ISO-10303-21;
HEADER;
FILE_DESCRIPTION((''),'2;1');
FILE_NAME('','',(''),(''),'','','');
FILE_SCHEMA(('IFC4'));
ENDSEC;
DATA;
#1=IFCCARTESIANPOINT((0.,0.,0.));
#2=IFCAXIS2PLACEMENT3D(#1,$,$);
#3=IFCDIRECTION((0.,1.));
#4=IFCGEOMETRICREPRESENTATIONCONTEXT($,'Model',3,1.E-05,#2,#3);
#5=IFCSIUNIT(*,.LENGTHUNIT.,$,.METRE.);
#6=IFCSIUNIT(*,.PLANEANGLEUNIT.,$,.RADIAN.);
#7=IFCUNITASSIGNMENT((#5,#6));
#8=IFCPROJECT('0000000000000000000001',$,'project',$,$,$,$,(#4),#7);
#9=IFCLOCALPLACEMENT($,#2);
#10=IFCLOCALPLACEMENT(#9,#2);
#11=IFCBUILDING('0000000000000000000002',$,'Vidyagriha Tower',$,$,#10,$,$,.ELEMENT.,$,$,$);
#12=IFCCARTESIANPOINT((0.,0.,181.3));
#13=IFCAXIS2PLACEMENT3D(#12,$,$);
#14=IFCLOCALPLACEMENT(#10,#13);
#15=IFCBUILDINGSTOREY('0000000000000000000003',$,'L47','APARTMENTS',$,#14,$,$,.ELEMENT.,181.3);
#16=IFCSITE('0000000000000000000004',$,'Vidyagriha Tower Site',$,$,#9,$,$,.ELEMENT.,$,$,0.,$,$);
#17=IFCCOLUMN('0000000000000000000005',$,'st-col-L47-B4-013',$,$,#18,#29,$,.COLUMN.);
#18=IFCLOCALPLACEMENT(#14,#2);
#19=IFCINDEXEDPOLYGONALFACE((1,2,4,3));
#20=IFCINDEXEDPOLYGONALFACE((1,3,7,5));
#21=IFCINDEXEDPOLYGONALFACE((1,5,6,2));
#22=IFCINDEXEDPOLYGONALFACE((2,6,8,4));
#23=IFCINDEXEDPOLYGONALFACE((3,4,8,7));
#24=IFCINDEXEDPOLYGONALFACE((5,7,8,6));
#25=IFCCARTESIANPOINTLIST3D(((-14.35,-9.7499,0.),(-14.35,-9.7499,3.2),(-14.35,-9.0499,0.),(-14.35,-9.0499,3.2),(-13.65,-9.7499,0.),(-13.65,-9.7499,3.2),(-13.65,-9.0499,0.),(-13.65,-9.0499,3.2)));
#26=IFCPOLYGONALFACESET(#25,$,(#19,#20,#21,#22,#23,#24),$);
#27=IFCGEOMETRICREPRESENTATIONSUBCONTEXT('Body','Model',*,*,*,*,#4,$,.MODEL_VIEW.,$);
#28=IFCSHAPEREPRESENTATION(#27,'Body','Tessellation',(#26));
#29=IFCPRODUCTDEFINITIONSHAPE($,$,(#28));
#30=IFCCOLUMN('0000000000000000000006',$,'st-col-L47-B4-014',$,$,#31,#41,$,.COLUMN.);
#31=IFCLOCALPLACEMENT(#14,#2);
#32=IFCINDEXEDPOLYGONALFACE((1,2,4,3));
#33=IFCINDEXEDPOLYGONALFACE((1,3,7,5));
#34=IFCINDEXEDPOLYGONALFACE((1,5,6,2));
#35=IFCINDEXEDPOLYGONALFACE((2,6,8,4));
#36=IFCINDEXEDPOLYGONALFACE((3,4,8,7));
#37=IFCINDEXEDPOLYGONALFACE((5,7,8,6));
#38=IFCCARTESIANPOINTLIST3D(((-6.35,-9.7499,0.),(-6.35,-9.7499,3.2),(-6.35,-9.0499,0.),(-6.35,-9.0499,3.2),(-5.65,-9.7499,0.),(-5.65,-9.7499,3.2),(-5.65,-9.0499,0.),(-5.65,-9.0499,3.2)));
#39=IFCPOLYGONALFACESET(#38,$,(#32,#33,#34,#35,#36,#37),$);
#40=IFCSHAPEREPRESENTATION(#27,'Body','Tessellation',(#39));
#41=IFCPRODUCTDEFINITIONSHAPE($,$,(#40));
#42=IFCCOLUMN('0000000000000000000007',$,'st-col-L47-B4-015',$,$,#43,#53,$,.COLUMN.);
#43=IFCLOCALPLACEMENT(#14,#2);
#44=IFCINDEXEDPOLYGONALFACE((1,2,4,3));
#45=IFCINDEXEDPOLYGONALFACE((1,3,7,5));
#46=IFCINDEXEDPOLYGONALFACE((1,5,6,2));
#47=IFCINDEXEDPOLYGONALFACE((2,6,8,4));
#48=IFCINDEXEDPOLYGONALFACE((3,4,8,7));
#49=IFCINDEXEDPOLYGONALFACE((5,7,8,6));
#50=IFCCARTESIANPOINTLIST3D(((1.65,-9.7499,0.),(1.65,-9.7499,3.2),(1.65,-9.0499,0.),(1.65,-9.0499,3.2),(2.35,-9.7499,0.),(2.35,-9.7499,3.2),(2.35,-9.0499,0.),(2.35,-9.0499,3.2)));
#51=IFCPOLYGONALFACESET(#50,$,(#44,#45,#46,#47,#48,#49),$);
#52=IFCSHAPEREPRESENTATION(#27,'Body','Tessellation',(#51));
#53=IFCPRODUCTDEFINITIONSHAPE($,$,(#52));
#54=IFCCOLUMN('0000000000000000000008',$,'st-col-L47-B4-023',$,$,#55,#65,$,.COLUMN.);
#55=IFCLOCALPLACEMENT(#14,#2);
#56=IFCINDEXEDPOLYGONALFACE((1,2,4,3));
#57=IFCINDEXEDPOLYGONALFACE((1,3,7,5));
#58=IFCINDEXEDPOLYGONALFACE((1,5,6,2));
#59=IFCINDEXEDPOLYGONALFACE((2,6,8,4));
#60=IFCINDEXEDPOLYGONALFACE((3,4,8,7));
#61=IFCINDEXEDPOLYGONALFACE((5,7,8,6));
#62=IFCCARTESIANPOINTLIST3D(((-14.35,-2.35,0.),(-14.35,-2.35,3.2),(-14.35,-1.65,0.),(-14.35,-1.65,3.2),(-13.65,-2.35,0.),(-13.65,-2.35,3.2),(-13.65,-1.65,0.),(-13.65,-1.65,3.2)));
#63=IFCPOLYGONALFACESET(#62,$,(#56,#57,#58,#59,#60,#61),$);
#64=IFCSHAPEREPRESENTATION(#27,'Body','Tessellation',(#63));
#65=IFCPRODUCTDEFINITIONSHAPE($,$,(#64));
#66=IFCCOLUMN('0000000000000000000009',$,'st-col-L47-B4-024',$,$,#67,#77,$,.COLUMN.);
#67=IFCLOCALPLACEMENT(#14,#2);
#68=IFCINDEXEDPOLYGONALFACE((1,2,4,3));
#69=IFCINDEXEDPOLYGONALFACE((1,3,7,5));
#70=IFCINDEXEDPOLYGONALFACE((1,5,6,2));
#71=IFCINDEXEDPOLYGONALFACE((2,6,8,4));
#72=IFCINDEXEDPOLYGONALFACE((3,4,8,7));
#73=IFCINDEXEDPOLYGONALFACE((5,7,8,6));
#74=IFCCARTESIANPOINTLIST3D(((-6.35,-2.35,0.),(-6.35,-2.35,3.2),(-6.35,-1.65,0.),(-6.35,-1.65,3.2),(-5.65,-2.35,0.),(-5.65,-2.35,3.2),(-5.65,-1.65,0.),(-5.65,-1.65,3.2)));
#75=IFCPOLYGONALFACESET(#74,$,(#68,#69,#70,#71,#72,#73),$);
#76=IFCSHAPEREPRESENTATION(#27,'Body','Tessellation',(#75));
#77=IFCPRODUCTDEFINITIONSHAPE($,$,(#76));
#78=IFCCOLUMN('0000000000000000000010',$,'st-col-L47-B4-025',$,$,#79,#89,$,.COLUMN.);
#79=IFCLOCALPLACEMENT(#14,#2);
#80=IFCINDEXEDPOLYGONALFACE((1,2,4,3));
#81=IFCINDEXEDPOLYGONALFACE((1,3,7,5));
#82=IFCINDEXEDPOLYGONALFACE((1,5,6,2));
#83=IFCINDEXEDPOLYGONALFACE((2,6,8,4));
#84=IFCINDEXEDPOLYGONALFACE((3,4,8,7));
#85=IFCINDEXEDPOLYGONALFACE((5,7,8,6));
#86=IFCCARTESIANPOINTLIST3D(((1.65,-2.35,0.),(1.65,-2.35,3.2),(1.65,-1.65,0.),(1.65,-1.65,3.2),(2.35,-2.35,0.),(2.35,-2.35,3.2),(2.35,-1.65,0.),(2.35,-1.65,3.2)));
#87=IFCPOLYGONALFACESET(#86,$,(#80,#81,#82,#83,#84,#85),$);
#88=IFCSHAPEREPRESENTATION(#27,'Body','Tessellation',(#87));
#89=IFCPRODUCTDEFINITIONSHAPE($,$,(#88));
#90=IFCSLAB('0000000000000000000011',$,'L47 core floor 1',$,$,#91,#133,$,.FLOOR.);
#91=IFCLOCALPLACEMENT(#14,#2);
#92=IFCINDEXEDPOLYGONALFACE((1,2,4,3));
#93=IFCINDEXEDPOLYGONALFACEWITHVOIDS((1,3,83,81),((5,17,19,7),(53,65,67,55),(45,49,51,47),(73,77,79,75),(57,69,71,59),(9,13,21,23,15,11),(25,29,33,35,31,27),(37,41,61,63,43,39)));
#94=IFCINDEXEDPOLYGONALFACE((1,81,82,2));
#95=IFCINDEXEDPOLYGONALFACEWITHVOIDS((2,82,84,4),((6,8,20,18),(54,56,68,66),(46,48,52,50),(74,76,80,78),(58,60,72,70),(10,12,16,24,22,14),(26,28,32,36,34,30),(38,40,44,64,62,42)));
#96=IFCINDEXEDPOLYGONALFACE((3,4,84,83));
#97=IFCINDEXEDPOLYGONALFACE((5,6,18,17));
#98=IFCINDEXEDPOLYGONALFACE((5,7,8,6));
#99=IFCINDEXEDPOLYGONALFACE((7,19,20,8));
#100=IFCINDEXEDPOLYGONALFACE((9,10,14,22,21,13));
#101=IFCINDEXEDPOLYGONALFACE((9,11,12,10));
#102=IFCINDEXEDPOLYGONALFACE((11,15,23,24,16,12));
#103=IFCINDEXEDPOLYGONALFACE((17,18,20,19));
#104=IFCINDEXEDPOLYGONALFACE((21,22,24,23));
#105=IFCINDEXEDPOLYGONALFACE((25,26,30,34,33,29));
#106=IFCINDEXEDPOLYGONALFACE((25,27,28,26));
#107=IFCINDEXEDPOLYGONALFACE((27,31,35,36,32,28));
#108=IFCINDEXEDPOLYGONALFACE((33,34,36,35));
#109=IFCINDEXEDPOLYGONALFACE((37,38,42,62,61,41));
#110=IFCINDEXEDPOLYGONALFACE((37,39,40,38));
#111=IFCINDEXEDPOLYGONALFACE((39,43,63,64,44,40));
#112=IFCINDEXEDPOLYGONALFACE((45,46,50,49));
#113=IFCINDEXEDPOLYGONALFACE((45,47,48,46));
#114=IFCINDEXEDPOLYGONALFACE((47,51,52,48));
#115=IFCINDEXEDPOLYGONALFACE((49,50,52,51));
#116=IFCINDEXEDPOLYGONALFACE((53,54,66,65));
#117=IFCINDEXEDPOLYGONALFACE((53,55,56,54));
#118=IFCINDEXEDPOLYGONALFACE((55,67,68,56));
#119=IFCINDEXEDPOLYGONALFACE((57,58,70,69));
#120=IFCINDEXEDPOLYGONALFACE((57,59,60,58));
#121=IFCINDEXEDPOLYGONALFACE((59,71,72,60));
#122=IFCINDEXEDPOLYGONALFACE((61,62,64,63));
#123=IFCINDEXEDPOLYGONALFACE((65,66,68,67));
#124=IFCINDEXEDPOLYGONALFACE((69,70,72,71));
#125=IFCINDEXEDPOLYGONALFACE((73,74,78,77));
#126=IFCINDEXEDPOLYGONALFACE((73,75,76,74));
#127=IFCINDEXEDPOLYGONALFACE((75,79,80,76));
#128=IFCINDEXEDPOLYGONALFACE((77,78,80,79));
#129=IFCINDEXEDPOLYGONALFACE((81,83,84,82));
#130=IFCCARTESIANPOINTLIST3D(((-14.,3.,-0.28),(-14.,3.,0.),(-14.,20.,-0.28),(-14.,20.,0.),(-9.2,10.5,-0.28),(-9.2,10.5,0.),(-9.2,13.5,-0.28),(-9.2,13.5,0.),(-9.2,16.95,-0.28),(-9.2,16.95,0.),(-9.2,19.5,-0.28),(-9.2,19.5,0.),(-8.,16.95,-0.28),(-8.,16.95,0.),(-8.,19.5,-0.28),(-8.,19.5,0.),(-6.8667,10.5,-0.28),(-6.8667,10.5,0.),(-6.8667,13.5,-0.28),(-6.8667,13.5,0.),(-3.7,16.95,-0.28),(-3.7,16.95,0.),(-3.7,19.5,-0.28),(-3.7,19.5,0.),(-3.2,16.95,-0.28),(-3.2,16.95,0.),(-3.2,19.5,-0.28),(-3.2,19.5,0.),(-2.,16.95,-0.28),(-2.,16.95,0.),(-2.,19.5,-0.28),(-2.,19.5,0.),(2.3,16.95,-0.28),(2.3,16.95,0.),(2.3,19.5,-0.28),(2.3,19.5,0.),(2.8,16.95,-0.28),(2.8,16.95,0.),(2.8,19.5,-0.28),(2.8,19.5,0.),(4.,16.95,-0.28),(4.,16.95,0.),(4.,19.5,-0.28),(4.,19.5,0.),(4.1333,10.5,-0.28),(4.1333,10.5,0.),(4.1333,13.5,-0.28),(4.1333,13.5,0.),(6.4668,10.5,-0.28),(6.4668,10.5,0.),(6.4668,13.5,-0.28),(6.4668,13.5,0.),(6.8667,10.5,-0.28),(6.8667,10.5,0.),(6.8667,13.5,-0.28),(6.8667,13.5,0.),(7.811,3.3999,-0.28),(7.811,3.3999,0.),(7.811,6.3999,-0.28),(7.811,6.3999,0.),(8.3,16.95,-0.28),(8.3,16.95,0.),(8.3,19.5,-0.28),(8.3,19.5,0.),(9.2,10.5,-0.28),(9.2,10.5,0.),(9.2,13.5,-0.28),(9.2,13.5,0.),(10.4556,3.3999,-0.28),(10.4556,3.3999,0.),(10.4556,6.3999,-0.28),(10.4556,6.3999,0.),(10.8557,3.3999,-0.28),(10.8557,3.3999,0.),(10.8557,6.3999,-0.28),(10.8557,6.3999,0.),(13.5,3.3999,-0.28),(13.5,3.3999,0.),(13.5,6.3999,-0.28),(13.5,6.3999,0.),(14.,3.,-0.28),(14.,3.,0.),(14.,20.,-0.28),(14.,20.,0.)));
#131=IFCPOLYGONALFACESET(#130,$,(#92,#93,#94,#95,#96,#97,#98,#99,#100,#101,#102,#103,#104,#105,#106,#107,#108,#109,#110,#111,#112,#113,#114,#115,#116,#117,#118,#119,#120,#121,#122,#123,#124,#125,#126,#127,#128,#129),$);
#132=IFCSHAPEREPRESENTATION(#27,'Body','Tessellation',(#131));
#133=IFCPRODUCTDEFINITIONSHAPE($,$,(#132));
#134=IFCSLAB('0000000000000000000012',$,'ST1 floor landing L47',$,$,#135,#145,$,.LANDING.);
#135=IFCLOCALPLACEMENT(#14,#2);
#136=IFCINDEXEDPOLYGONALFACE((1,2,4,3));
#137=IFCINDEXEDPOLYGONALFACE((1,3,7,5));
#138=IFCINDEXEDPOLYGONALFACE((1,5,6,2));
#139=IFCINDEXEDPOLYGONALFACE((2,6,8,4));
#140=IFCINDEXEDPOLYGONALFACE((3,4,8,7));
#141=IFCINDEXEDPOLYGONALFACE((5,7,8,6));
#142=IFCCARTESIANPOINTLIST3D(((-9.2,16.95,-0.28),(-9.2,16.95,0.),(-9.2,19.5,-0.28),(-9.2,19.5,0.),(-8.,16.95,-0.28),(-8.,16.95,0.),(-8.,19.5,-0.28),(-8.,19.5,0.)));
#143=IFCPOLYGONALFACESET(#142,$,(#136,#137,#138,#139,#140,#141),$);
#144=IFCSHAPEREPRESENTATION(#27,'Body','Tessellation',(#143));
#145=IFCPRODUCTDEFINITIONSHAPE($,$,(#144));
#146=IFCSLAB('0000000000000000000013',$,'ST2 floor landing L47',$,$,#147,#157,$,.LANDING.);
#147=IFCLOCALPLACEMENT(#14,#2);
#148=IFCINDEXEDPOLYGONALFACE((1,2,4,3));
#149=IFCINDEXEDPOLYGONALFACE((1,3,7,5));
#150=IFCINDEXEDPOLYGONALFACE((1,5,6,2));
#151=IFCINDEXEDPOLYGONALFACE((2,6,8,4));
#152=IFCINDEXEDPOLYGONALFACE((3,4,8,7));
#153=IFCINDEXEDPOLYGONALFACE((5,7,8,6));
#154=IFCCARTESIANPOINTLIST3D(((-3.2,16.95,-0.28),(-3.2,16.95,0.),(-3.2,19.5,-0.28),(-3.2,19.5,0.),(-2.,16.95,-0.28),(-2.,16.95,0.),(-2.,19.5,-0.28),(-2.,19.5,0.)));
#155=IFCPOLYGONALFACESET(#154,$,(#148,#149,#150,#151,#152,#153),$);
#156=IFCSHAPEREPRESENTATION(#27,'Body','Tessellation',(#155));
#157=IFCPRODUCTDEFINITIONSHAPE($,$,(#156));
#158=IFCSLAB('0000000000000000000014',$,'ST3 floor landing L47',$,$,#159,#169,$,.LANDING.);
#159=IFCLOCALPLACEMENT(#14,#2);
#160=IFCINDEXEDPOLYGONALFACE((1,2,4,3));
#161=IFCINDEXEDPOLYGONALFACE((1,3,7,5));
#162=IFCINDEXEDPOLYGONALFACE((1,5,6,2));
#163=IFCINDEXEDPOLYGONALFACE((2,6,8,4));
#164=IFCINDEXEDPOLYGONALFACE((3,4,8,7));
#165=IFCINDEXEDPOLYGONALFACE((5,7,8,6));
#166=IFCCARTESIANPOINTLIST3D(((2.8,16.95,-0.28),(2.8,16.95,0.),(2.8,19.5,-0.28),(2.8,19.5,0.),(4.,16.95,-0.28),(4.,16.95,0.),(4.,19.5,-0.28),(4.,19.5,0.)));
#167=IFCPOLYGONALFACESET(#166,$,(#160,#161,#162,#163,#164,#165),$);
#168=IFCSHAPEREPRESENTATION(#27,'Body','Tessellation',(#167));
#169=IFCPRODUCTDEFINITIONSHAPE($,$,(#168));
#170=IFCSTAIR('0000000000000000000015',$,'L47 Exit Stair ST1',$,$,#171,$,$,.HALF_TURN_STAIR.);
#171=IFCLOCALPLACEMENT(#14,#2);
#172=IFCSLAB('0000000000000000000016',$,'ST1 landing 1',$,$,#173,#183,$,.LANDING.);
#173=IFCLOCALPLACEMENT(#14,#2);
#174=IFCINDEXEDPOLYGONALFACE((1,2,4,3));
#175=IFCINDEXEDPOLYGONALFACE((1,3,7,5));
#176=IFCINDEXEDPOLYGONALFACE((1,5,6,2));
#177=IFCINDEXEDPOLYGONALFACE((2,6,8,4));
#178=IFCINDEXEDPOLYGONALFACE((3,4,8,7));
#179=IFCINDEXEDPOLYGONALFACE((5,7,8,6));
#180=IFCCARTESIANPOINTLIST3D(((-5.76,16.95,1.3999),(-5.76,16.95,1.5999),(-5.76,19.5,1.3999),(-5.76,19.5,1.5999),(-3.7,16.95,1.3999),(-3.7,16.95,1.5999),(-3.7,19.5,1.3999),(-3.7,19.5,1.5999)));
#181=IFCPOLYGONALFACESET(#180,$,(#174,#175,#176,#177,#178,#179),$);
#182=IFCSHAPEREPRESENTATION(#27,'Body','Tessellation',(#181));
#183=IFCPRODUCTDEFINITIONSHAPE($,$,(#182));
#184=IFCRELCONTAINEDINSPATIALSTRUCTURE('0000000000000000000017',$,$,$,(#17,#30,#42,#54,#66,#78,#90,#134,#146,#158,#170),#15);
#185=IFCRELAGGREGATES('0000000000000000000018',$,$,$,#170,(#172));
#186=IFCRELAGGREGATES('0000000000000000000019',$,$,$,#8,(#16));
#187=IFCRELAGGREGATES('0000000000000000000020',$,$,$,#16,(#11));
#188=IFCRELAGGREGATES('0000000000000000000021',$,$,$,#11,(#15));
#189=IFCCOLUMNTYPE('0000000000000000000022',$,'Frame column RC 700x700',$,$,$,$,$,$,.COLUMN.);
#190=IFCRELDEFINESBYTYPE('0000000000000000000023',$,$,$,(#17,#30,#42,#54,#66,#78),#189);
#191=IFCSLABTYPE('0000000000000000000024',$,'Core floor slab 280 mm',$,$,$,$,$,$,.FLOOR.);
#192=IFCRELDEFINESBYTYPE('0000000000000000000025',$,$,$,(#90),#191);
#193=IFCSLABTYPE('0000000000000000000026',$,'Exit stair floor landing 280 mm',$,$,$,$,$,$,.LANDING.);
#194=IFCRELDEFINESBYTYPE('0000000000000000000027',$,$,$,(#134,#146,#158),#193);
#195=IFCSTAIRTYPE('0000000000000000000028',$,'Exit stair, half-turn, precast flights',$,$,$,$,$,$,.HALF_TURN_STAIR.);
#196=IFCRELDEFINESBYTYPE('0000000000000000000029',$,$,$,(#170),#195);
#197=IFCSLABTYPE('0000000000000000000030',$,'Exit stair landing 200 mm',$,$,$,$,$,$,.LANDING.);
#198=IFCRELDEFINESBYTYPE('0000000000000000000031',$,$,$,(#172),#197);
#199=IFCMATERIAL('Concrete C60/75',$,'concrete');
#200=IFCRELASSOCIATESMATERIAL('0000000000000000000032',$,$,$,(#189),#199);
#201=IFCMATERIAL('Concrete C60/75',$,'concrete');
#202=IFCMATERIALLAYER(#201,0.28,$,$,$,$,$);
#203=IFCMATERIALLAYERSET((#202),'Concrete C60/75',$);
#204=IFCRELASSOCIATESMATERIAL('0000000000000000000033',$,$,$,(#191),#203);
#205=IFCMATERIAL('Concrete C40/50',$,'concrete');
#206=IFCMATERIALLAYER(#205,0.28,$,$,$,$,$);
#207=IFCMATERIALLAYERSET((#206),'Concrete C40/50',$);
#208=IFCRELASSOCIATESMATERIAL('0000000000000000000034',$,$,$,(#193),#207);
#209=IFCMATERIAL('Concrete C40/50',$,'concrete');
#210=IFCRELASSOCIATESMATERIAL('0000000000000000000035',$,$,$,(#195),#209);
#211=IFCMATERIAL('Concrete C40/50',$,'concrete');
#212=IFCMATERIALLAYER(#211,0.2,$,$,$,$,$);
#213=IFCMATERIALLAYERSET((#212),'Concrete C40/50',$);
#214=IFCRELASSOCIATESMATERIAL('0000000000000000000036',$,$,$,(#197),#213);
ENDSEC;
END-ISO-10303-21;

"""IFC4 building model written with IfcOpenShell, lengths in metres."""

from ifc_helpers import new_model, si_unit, direction, frame, origin, origin_2d, place, context, subcontext, project, spatial, polyline, rectangle, outline, extrude, material, layer, layer_set, material_profile, profile_set, type_object, element, aggregate, save


model = new_model("IFC4")

# Units and contexts
model_context = context("Model", 3, precision=1e-05, world=origin(), true_north=direction((0.0, 1.0)))
body_context = subcontext(model_context, "Body", "Model", "MODEL_VIEW")
ifc_project = project(units=[si_unit("LENGTHUNIT", "METRE"), si_unit("PLANEANGLEUNIT", "RADIAN")], contexts=[model_context])

# Site, building, storey
site_placement = place(None, origin())
site = spatial("IfcSite", under=ifc_project, at=site_placement, Name="Vidyagriha Tower Site", CompositionType="ELEMENT", RefElevation=0.0)
building_placement = place(site_placement, origin())
building = spatial("IfcBuilding", under=site, at=building_placement, Name="Vidyagriha Tower", CompositionType="ELEMENT")
storey_placement = place(building_placement, frame((0.0, 0.0, 181.3)))
storey = spatial("IfcBuildingStorey", under=building, at=storey_placement, Name="L47", Description="APARTMENTS", CompositionType="ELEMENT", Elevation=181.3)

# Columns
ifc_material_1 = material(Name="Concrete C60/75", Category="concrete")
ifc_material_profile = material_profile(ifc_material_1, rectangle(XDim=0.7, YDim=0.7, at=origin_2d()), Name="RC 700x700")
ifc_profile_set = profile_set([ifc_material_profile], Name="Concrete C60/75")
column_type = type_object("IfcColumnType", Name="Frame column RC 700x700", PredefinedType="COLUMN", material=ifc_profile_set)
for number, where, name in (
    (1, (-14.0, -9.3999, 0.0), "st-col-L47-B4-013"),
    (2, (-6.0, -9.3999, 0.0), "st-col-L47-B4-014"),
    (3, (2.0, -9.3999, 0.0), "st-col-L47-B4-015"),
    (4, (-14.0, -2.0, 0.0), "st-col-L47-B4-023"),
    (5, (-6.0, -2.0, 0.0), "st-col-L47-B4-024"),
    (6, (2.0, -2.0, 0.0), "st-col-L47-B4-025"),
):
    element("IfcColumn", number, at=place(storey_placement, frame(where)), inside=storey, type_object=column_type, Name=name, PredefinedType="COLUMN", context=body_context, shape_type="SweptSolid", body=[
        extrude(rectangle(XDim=0.7, YDim=0.7, at=origin_2d()), origin(), (0.0, 0.0, 1.0), 3.2),
    ])

# Slabs
ifc_material_2 = material(Name="Concrete C60/75", Category="concrete")
ifc_layer_1 = layer(ifc_material_2, 0.28)
ifc_layer_set_1 = layer_set([ifc_layer_1], Name="Concrete C60/75")
slab_type_1 = type_object("IfcSlabType", Name="Core floor slab 280 mm", PredefinedType="FLOOR", material=ifc_layer_set_1)
slab_1_placement = place(storey_placement, frame((0.0, 0.0, -0.28)))
element("IfcSlab", 7, at=slab_1_placement, inside=storey, type_object=slab_type_1, Name="L47 core floor 1", PredefinedType="FLOOR", context=body_context, shape_type="SweptSolid", body=[
    extrude(outline(polyline([(-14.0, 3.0), (-14.0, 20.0), (14.0, 20.0), (14.0, 3.0), (-14.0, 3.0)]), holes=[polyline([(13.5, 6.3999), (10.8557, 6.3999), (10.8557, 3.3999), (13.5, 3.3999), (13.5, 6.3999)]), polyline([(10.4556, 6.3999), (7.811, 6.3999), (7.811, 3.3999), (10.4556, 3.3999), (10.4556, 6.3999)]), polyline([(9.2, 13.5), (6.8667, 13.5), (6.8667, 10.5), (9.2, 10.5), (9.2, 13.5)]), polyline([(2.8, 19.5), (2.8, 16.95), (4.0, 16.95), (8.3, 16.95), (8.3, 19.5), (4.0, 19.5), (2.8, 19.5)]), polyline([(4.1333, 13.5), (4.1333, 10.5), (6.4668, 10.5), (6.4668, 13.5), (4.1333, 13.5)]), polyline([(-2.0, 19.5), (-3.2, 19.5), (-3.2, 16.95), (-2.0, 16.95), (2.3, 16.95), (2.3, 19.5), (-2.0, 19.5)]), polyline([(-9.2, 19.5), (-9.2, 16.95), (-8.0, 16.95), (-3.7, 16.95), (-3.7, 19.5), (-8.0, 19.5), (-9.2, 19.5)]), polyline([(-9.2, 13.5), (-9.2, 10.5), (-6.8667, 10.5), (-6.8667, 13.5), (-9.2, 13.5)])]), origin(), (0.0, 0.0, 1.0), 0.28),
])
ifc_material_3 = material(Name="Concrete C40/50", Category="concrete")
ifc_layer_2 = layer(ifc_material_3, 0.28)
ifc_layer_set_2 = layer_set([ifc_layer_2], Name="Concrete C40/50")
slab_type_2 = type_object("IfcSlabType", Name="Exit stair floor landing 280 mm", PredefinedType="LANDING", material=ifc_layer_set_2)
slab_2_placement = place(storey_placement, frame((0.0, 0.0, -0.28)))
element("IfcSlab", 8, at=slab_2_placement, inside=storey, type_object=slab_type_2, Name="ST1 floor landing L47", PredefinedType="LANDING", context=body_context, shape_type="SweptSolid", body=[
    extrude(outline(polyline([(-9.2, 16.95), (-8.0, 16.95), (-8.0, 19.5), (-9.2, 19.5), (-9.2, 16.95)])), origin(), (0.0, 0.0, 1.0), 0.28),
])
slab_3_placement = place(storey_placement, frame((0.0, 0.0, -0.28)))
element("IfcSlab", 9, at=slab_3_placement, inside=storey, type_object=slab_type_2, Name="ST2 floor landing L47", PredefinedType="LANDING", context=body_context, shape_type="SweptSolid", body=[
    extrude(outline(polyline([(-3.2, 16.95), (-2.0, 16.95), (-2.0, 19.5), (-3.2, 19.5), (-3.2, 16.95)])), origin(), (0.0, 0.0, 1.0), 0.28),
])
slab_4_placement = place(storey_placement, frame((0.0, 0.0, -0.28)))
element("IfcSlab", 10, at=slab_4_placement, inside=storey, type_object=slab_type_2, Name="ST3 floor landing L47", PredefinedType="LANDING", context=body_context, shape_type="SweptSolid", body=[
    extrude(outline(polyline([(2.8, 16.95), (4.0, 16.95), (4.0, 19.5), (2.8, 19.5), (2.8, 16.95)])), origin(), (0.0, 0.0, 1.0), 0.28),
])

# Stair, slab
ifc_material_4 = material(Name="Concrete C40/50", Category="concrete")
stair_type = type_object("IfcStairType", Name="Exit stair, half-turn, precast flights", PredefinedType="HALF_TURN_STAIR", material=ifc_material_4)
stair_placement = place(storey_placement, origin())
stair = element("IfcStair", 11, at=stair_placement, inside=storey, type_object=stair_type, Name="L47 Exit Stair ST1", PredefinedType="HALF_TURN_STAIR")
ifc_material_5 = material(Name="Concrete C40/50", Category="concrete")
ifc_layer_3 = layer(ifc_material_5, 0.2)
ifc_layer_set_3 = layer_set([ifc_layer_3], Name="Concrete C40/50")
slab_type_3 = type_object("IfcSlabType", Name="Exit stair landing 200 mm", PredefinedType="LANDING", material=ifc_layer_set_3)
slab_5_placement = place(storey_placement, frame((0.0, 0.0, 1.3999)))
slab_5 = element("IfcSlab", 12, at=slab_5_placement, type_object=slab_type_3, Name="ST1 landing 1", PredefinedType="LANDING", context=body_context, shape_type="SweptSolid", body=[
    extrude(outline(polyline([(-5.76, 16.95), (-3.7, 16.95), (-3.7, 19.5), (-5.76, 19.5), (-5.76, 16.95)])), origin(), (0.0, 0.0, 1.0), 0.2),
])
aggregate(stair, [slab_5])

save(model, "model.ifc")
